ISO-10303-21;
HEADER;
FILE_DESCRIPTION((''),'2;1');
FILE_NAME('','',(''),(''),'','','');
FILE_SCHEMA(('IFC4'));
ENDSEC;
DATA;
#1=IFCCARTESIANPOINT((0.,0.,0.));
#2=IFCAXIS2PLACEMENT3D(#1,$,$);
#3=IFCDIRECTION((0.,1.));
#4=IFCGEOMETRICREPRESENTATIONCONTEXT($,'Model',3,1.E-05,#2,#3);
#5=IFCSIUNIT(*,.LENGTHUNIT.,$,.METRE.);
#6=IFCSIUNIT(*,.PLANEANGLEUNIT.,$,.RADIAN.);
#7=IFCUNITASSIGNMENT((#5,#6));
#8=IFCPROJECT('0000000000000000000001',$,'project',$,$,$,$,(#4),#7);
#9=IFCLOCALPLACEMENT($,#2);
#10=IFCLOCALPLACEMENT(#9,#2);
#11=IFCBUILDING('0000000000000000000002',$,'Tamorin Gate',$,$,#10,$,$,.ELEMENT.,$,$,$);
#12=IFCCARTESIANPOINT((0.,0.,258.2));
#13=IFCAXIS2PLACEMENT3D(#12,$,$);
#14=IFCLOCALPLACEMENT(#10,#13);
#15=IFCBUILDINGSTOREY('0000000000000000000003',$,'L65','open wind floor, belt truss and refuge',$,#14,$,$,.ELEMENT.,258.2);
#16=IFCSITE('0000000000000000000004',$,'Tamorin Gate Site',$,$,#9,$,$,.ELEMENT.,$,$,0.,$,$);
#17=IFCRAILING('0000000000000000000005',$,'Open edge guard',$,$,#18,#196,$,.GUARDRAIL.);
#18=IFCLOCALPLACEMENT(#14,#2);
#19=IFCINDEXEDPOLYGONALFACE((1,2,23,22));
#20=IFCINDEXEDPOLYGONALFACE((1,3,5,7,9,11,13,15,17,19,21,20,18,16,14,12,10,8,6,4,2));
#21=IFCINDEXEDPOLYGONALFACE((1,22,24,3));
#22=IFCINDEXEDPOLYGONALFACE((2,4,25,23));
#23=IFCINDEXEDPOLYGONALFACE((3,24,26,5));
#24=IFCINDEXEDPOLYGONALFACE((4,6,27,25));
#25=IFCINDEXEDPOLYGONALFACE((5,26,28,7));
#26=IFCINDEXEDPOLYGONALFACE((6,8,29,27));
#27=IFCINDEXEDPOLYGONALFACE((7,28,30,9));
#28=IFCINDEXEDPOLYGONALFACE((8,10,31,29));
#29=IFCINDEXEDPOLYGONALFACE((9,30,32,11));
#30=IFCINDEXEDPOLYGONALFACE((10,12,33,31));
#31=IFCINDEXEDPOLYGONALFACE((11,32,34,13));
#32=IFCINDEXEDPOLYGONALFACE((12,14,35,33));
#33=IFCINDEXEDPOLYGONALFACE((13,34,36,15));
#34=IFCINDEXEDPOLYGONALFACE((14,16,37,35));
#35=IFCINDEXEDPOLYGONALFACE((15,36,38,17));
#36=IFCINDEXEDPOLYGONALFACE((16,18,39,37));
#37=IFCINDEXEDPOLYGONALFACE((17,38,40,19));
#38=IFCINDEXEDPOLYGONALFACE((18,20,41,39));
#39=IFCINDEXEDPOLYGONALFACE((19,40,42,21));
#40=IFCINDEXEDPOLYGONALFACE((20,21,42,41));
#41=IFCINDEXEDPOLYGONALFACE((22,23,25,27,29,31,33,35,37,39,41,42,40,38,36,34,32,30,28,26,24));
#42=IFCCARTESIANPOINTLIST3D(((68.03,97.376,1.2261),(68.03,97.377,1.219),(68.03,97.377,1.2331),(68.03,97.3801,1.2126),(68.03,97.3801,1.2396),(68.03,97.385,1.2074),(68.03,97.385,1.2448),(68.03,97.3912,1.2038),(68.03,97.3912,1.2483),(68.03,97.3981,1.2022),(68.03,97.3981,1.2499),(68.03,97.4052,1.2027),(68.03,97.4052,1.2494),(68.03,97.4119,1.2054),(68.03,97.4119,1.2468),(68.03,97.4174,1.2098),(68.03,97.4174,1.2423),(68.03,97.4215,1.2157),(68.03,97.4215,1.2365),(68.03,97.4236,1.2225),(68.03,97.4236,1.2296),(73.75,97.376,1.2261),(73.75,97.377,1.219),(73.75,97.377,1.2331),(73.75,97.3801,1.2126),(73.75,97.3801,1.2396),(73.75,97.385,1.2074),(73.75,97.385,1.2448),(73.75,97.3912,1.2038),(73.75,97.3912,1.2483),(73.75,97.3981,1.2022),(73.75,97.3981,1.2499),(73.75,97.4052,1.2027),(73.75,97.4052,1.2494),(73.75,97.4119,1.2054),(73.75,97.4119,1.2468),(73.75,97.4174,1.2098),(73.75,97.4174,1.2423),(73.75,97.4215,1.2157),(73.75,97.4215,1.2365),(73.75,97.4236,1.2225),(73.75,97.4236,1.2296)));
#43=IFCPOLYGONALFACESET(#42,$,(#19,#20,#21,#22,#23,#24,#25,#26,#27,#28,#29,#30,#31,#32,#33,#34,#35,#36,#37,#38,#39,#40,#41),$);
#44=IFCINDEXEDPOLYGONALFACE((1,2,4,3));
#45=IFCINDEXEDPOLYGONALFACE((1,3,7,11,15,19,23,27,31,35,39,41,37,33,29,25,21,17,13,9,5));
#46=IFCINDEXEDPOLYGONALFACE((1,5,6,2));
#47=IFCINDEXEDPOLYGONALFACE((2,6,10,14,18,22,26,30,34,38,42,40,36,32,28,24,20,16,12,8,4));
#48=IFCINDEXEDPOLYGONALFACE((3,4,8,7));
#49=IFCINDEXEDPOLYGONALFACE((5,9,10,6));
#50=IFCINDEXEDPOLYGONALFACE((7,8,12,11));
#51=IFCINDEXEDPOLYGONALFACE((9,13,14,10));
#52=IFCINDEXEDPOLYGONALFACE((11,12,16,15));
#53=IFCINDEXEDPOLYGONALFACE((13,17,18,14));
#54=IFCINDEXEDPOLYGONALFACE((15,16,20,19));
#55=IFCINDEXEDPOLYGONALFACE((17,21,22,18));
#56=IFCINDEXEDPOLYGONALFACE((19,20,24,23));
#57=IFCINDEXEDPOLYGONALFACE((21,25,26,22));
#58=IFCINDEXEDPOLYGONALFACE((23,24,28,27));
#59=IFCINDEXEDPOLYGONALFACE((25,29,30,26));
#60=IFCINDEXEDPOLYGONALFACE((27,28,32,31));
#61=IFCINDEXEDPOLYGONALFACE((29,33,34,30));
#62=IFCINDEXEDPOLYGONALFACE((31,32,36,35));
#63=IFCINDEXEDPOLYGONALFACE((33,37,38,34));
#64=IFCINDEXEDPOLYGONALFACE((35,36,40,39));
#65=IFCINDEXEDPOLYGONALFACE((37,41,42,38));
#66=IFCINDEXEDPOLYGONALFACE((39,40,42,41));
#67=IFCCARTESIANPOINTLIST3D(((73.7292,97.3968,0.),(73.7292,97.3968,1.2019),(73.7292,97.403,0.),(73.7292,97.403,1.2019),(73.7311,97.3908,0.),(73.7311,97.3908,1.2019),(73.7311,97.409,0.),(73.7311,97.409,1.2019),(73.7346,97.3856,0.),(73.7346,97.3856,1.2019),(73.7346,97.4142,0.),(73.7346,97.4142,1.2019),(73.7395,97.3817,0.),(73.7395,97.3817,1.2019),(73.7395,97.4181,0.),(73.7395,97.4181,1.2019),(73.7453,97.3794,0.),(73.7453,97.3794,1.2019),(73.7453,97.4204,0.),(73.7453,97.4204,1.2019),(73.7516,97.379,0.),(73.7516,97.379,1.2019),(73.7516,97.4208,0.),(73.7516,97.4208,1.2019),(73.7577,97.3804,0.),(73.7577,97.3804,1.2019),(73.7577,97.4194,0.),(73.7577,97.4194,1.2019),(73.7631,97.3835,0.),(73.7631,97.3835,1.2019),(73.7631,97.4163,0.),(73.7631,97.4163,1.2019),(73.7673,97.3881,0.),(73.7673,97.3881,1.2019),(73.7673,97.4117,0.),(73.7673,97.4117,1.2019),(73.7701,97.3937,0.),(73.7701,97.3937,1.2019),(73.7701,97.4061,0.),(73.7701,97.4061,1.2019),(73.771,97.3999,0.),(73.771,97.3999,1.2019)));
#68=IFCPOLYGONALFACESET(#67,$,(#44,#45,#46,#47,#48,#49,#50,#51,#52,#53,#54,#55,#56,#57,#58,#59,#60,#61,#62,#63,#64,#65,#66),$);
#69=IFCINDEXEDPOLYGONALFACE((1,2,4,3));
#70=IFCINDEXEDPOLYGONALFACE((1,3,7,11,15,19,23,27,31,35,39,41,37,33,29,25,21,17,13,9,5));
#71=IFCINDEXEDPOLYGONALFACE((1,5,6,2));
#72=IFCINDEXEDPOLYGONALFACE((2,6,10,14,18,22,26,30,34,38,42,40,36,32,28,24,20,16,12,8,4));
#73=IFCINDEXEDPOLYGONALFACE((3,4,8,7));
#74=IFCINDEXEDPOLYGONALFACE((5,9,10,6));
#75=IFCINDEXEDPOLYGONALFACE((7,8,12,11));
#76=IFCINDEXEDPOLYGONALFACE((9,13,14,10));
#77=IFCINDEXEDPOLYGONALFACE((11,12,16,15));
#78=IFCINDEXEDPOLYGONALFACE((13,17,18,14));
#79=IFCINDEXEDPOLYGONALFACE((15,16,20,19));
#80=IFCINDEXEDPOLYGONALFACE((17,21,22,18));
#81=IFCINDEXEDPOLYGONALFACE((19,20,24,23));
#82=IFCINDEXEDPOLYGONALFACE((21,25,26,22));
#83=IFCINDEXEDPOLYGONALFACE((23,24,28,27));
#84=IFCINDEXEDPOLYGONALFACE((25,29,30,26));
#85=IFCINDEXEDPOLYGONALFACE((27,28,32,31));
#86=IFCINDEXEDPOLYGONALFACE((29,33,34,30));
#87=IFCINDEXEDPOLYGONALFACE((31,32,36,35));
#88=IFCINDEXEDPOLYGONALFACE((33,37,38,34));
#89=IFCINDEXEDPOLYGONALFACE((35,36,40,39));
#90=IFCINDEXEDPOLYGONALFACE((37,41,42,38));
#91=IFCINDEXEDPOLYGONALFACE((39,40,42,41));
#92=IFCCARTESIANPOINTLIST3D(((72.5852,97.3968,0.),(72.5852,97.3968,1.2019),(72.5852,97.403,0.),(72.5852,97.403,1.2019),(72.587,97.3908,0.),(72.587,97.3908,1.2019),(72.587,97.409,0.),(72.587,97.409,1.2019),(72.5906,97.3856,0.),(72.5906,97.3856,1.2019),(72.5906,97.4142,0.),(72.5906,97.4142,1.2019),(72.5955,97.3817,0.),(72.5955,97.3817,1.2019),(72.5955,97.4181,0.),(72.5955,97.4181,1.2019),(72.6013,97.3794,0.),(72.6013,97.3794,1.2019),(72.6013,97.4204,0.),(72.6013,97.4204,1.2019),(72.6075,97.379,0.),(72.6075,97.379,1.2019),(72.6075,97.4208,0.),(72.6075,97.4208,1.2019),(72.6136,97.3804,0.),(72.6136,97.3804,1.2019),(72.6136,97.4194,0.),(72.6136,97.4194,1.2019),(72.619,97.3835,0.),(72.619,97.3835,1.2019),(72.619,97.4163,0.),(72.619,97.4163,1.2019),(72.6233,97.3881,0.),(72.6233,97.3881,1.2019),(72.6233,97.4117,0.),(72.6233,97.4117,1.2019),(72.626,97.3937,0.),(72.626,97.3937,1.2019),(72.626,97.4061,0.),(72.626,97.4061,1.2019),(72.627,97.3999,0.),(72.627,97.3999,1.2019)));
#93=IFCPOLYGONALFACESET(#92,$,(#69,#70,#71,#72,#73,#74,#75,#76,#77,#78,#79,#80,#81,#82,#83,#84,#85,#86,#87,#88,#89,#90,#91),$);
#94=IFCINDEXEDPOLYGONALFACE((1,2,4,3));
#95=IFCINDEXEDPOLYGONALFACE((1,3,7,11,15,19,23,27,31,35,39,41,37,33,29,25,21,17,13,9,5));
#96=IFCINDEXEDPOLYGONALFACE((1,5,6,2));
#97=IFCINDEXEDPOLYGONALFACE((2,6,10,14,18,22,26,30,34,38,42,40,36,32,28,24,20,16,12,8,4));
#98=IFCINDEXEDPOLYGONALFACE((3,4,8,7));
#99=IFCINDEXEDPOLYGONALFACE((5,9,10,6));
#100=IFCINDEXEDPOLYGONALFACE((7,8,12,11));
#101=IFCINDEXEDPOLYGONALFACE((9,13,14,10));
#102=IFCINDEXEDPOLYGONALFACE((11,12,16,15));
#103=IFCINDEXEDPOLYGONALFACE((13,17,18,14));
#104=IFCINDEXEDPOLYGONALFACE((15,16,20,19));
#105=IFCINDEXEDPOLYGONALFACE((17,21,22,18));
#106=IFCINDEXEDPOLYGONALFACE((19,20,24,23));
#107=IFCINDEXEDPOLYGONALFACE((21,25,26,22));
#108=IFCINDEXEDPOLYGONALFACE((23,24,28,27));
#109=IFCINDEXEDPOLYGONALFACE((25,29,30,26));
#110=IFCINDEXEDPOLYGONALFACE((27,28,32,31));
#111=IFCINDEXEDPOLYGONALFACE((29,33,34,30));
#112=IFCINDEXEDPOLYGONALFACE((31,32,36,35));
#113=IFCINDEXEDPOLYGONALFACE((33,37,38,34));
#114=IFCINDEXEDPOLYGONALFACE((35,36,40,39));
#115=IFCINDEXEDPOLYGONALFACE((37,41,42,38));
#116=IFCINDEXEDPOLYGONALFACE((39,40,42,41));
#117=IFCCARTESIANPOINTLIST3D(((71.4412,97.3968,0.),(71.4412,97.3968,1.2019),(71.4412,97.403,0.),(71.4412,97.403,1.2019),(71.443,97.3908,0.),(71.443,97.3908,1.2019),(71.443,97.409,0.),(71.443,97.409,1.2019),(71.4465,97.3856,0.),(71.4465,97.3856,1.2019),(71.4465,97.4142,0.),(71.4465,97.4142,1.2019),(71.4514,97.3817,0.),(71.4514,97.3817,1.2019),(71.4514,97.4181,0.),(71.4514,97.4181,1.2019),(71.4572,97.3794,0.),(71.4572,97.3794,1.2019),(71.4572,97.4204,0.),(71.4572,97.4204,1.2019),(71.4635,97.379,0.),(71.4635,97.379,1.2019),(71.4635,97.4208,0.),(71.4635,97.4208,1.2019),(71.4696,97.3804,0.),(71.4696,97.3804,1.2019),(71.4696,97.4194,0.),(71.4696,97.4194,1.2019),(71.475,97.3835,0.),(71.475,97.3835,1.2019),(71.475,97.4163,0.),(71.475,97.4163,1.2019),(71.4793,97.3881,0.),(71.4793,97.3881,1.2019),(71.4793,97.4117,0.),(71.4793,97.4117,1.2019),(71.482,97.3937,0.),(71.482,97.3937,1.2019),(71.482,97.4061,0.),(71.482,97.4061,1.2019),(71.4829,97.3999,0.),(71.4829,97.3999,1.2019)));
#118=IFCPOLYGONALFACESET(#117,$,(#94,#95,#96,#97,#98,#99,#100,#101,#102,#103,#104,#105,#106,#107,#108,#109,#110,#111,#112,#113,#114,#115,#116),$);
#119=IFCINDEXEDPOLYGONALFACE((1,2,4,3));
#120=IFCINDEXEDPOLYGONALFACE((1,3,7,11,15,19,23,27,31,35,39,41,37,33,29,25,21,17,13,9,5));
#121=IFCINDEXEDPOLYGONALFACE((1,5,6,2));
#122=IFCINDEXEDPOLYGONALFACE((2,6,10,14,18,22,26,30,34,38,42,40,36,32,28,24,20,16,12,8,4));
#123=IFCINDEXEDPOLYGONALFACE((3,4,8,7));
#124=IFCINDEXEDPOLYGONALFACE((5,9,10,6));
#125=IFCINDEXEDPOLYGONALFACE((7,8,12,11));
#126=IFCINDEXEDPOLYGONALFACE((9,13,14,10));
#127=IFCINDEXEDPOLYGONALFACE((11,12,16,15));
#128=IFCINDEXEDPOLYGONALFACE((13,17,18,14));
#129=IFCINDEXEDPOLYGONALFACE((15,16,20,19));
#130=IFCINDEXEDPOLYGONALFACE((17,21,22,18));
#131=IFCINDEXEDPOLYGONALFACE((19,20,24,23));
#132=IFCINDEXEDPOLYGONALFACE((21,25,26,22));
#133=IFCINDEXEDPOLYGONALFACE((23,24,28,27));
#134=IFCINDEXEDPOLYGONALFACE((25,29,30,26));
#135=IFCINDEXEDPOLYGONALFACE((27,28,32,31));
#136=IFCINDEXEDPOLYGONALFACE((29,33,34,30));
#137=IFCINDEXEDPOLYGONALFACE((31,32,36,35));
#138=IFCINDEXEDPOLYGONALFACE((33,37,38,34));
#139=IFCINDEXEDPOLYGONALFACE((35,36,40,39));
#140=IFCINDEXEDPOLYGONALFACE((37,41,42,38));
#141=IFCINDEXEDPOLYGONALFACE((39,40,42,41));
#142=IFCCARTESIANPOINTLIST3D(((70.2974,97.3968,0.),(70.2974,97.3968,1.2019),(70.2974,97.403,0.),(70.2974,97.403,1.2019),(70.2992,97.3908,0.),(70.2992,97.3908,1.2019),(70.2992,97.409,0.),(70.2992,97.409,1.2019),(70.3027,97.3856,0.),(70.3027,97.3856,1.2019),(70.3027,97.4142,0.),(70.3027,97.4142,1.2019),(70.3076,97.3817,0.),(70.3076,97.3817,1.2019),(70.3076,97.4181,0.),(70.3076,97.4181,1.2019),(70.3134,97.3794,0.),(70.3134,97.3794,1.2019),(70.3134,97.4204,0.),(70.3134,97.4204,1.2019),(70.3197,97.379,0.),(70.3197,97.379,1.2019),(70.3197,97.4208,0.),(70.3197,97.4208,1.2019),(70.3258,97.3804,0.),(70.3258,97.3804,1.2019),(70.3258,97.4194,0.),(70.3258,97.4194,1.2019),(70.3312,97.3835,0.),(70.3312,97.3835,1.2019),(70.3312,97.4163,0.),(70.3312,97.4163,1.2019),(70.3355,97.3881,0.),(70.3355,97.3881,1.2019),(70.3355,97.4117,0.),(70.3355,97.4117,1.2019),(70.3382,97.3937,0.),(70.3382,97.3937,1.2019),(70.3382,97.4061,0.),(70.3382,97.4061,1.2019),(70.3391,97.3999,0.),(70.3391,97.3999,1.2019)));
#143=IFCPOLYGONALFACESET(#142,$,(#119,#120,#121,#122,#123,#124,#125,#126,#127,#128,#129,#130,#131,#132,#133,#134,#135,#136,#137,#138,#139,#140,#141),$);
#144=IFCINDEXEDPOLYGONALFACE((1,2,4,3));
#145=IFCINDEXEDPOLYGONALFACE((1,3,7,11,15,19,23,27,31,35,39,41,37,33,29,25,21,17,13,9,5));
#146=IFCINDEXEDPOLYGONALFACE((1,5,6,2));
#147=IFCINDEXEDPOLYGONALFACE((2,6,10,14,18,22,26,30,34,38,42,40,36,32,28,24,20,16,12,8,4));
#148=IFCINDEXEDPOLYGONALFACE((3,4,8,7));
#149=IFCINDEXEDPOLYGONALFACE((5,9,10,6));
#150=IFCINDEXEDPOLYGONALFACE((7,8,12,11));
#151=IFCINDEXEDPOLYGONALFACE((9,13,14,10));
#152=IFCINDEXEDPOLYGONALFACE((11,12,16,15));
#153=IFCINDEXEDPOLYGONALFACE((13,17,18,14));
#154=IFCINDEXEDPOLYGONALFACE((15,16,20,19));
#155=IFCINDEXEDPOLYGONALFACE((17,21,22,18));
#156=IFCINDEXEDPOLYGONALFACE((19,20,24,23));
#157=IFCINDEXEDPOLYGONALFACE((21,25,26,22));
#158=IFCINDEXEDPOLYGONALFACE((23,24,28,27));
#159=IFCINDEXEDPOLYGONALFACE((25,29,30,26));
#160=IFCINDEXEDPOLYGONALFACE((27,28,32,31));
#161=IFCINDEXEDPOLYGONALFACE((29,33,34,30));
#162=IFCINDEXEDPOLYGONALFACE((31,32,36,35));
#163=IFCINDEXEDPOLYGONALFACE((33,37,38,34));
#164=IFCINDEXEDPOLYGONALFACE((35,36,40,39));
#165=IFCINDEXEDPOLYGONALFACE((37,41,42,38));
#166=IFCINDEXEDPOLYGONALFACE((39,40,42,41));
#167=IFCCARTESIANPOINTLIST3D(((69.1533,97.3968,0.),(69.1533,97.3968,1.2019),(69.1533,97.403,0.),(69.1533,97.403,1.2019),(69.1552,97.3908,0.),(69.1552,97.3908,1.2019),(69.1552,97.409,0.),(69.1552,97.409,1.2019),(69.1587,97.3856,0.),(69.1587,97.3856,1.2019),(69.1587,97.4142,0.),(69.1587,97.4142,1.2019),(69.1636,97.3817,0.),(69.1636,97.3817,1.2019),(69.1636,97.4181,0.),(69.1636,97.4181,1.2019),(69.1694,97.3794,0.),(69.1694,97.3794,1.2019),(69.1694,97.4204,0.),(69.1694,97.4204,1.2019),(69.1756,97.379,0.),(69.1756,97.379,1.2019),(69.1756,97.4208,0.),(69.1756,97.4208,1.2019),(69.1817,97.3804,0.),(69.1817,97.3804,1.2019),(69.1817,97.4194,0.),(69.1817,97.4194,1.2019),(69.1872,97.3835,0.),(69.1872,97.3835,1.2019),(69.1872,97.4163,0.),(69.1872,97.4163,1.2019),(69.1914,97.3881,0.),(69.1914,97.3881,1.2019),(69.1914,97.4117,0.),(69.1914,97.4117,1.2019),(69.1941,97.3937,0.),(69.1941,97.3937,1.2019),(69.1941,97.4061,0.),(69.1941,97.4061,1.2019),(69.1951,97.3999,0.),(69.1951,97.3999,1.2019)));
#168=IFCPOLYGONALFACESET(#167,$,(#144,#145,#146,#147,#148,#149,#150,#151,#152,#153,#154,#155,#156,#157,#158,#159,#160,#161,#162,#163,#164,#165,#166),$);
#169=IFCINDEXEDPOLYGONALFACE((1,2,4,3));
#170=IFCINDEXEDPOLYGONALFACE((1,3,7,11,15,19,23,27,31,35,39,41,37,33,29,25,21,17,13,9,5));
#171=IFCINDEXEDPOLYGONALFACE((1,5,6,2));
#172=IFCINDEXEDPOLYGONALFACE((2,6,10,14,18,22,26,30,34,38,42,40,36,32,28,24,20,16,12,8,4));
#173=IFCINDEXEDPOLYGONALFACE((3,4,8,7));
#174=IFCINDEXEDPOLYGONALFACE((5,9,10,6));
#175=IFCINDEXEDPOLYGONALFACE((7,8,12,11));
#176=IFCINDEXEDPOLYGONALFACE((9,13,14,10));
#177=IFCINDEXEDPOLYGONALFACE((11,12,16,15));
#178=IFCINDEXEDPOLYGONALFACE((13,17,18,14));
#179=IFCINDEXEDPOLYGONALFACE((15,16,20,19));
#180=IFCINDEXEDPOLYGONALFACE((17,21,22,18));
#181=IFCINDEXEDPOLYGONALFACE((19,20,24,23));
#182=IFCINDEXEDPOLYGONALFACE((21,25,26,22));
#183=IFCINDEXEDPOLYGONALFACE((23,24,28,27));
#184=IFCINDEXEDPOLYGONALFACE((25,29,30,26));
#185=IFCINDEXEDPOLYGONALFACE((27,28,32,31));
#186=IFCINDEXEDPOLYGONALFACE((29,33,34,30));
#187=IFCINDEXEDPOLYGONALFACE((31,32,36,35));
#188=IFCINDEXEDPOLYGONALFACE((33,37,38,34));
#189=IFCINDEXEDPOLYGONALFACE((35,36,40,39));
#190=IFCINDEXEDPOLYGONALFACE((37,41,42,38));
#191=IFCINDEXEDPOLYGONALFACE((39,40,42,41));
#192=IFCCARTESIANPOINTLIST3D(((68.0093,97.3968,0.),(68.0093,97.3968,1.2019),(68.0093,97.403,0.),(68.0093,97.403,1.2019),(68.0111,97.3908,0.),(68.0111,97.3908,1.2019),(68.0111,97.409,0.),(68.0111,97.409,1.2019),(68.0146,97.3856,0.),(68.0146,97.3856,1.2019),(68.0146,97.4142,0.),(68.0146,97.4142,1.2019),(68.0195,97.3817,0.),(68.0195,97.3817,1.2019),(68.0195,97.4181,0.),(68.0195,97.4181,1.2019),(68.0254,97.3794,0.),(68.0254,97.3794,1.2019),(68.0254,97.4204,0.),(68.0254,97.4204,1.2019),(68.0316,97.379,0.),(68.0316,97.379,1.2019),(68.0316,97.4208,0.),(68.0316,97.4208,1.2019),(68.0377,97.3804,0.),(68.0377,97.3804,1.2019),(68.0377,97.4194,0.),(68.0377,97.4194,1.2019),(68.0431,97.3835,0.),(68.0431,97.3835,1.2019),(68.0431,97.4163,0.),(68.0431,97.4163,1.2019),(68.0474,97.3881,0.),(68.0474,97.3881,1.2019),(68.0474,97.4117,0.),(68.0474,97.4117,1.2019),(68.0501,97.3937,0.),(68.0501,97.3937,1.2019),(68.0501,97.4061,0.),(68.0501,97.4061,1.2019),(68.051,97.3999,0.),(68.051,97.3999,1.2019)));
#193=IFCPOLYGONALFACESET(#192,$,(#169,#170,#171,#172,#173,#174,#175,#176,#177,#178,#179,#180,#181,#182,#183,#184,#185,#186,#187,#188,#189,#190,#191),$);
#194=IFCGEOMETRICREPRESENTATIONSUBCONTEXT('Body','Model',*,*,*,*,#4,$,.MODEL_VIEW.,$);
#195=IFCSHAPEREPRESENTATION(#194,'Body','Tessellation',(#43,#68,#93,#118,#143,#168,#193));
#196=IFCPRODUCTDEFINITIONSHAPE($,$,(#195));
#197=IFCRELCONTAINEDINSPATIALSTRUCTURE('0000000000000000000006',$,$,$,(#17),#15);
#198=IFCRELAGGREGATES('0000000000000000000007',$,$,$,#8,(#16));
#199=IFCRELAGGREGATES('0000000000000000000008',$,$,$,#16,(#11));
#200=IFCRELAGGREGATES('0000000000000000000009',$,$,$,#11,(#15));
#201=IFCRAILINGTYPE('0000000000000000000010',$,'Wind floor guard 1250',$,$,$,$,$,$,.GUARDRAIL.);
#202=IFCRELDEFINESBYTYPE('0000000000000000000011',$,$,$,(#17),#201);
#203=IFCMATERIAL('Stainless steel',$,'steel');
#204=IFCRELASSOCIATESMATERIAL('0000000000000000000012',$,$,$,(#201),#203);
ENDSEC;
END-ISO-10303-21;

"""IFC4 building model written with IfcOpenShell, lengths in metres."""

from ifc_helpers import new_model, si_unit, direction, frame, origin, origin_2d, place, context, subcontext, project, spatial, circle, extrude, material, type_object, element, save


model = new_model("IFC4")

# Units and contexts
model_context = context("Model", 3, precision=1e-05, world=origin(), true_north=direction((0.0, 1.0)))
body_context = subcontext(model_context, "Body", "Model", "MODEL_VIEW")
ifc_project = project(units=[si_unit("LENGTHUNIT", "METRE"), si_unit("PLANEANGLEUNIT", "RADIAN")], contexts=[model_context])

# Site, building, storey
site_placement = place(None, origin())
site = spatial("IfcSite", under=ifc_project, at=site_placement, Name="Tamorin Gate Site", CompositionType="ELEMENT", RefElevation=0.0)
building_placement = place(site_placement, origin())
building = spatial("IfcBuilding", under=site, at=building_placement, Name="Tamorin Gate", CompositionType="ELEMENT")
storey_placement = place(building_placement, frame((0.0, 0.0, 258.2)))
storey = spatial("IfcBuildingStorey", under=building, at=storey_placement, Name="L65", Description="open wind floor, belt truss and refuge", CompositionType="ELEMENT", Elevation=258.2)

# Railing
ifc_material_1 = material(Name="Stainless steel", Category="steel")
railing_type = type_object("IfcRailingType", Name="Wind floor guard 1250", PredefinedType="GUARDRAIL", material=ifc_material_1)
railing_1_placement = place(storey_placement, frame((73.75, 97.3999, 0.0)))
element("IfcRailing", 1, at=railing_1_placement, inside=storey, type_object=railing_type, Name="Open edge guard", PredefinedType="GUARDRAIL", context=body_context, shape_type="SweptSolid", body=[
    extrude(circle(Radius=0.0239, at=origin_2d()), frame((0.0, 0.0, 1.2261), z_axis=(-1.0, 0.0, 0.0), x_axis=(0.0, -1.0, 0.0)), (0.0, 0.0, 1.0), 5.72),
    extrude(circle(Radius=0.021, at=origin_2d()), origin(), (0.0, 0.0, 1.0), 1.2019),
    extrude(circle(Radius=0.021, at=origin_2d()), frame((-1.144, 0.0, 0.0)), (0.0, 0.0, 1.0), 1.2019),
    extrude(circle(Radius=0.021, at=origin_2d()), frame((-2.2881, 0.0, 0.0)), (0.0, 0.0, 1.0), 1.2019),
    extrude(circle(Radius=0.021, at=origin_2d()), frame((-3.4319, 0.0, 0.0)), (0.0, 0.0, 1.0), 1.2019),
    extrude(circle(Radius=0.021, at=origin_2d()), frame((-4.5759, 0.0, 0.0)), (0.0, 0.0, 1.0), 1.2019),
    extrude(circle(Radius=0.021, at=origin_2d()), frame((-5.72, 0.0, 0.0)), (0.0, 0.0, 1.0), 1.2019),
])

save(model, "model.ifc")
